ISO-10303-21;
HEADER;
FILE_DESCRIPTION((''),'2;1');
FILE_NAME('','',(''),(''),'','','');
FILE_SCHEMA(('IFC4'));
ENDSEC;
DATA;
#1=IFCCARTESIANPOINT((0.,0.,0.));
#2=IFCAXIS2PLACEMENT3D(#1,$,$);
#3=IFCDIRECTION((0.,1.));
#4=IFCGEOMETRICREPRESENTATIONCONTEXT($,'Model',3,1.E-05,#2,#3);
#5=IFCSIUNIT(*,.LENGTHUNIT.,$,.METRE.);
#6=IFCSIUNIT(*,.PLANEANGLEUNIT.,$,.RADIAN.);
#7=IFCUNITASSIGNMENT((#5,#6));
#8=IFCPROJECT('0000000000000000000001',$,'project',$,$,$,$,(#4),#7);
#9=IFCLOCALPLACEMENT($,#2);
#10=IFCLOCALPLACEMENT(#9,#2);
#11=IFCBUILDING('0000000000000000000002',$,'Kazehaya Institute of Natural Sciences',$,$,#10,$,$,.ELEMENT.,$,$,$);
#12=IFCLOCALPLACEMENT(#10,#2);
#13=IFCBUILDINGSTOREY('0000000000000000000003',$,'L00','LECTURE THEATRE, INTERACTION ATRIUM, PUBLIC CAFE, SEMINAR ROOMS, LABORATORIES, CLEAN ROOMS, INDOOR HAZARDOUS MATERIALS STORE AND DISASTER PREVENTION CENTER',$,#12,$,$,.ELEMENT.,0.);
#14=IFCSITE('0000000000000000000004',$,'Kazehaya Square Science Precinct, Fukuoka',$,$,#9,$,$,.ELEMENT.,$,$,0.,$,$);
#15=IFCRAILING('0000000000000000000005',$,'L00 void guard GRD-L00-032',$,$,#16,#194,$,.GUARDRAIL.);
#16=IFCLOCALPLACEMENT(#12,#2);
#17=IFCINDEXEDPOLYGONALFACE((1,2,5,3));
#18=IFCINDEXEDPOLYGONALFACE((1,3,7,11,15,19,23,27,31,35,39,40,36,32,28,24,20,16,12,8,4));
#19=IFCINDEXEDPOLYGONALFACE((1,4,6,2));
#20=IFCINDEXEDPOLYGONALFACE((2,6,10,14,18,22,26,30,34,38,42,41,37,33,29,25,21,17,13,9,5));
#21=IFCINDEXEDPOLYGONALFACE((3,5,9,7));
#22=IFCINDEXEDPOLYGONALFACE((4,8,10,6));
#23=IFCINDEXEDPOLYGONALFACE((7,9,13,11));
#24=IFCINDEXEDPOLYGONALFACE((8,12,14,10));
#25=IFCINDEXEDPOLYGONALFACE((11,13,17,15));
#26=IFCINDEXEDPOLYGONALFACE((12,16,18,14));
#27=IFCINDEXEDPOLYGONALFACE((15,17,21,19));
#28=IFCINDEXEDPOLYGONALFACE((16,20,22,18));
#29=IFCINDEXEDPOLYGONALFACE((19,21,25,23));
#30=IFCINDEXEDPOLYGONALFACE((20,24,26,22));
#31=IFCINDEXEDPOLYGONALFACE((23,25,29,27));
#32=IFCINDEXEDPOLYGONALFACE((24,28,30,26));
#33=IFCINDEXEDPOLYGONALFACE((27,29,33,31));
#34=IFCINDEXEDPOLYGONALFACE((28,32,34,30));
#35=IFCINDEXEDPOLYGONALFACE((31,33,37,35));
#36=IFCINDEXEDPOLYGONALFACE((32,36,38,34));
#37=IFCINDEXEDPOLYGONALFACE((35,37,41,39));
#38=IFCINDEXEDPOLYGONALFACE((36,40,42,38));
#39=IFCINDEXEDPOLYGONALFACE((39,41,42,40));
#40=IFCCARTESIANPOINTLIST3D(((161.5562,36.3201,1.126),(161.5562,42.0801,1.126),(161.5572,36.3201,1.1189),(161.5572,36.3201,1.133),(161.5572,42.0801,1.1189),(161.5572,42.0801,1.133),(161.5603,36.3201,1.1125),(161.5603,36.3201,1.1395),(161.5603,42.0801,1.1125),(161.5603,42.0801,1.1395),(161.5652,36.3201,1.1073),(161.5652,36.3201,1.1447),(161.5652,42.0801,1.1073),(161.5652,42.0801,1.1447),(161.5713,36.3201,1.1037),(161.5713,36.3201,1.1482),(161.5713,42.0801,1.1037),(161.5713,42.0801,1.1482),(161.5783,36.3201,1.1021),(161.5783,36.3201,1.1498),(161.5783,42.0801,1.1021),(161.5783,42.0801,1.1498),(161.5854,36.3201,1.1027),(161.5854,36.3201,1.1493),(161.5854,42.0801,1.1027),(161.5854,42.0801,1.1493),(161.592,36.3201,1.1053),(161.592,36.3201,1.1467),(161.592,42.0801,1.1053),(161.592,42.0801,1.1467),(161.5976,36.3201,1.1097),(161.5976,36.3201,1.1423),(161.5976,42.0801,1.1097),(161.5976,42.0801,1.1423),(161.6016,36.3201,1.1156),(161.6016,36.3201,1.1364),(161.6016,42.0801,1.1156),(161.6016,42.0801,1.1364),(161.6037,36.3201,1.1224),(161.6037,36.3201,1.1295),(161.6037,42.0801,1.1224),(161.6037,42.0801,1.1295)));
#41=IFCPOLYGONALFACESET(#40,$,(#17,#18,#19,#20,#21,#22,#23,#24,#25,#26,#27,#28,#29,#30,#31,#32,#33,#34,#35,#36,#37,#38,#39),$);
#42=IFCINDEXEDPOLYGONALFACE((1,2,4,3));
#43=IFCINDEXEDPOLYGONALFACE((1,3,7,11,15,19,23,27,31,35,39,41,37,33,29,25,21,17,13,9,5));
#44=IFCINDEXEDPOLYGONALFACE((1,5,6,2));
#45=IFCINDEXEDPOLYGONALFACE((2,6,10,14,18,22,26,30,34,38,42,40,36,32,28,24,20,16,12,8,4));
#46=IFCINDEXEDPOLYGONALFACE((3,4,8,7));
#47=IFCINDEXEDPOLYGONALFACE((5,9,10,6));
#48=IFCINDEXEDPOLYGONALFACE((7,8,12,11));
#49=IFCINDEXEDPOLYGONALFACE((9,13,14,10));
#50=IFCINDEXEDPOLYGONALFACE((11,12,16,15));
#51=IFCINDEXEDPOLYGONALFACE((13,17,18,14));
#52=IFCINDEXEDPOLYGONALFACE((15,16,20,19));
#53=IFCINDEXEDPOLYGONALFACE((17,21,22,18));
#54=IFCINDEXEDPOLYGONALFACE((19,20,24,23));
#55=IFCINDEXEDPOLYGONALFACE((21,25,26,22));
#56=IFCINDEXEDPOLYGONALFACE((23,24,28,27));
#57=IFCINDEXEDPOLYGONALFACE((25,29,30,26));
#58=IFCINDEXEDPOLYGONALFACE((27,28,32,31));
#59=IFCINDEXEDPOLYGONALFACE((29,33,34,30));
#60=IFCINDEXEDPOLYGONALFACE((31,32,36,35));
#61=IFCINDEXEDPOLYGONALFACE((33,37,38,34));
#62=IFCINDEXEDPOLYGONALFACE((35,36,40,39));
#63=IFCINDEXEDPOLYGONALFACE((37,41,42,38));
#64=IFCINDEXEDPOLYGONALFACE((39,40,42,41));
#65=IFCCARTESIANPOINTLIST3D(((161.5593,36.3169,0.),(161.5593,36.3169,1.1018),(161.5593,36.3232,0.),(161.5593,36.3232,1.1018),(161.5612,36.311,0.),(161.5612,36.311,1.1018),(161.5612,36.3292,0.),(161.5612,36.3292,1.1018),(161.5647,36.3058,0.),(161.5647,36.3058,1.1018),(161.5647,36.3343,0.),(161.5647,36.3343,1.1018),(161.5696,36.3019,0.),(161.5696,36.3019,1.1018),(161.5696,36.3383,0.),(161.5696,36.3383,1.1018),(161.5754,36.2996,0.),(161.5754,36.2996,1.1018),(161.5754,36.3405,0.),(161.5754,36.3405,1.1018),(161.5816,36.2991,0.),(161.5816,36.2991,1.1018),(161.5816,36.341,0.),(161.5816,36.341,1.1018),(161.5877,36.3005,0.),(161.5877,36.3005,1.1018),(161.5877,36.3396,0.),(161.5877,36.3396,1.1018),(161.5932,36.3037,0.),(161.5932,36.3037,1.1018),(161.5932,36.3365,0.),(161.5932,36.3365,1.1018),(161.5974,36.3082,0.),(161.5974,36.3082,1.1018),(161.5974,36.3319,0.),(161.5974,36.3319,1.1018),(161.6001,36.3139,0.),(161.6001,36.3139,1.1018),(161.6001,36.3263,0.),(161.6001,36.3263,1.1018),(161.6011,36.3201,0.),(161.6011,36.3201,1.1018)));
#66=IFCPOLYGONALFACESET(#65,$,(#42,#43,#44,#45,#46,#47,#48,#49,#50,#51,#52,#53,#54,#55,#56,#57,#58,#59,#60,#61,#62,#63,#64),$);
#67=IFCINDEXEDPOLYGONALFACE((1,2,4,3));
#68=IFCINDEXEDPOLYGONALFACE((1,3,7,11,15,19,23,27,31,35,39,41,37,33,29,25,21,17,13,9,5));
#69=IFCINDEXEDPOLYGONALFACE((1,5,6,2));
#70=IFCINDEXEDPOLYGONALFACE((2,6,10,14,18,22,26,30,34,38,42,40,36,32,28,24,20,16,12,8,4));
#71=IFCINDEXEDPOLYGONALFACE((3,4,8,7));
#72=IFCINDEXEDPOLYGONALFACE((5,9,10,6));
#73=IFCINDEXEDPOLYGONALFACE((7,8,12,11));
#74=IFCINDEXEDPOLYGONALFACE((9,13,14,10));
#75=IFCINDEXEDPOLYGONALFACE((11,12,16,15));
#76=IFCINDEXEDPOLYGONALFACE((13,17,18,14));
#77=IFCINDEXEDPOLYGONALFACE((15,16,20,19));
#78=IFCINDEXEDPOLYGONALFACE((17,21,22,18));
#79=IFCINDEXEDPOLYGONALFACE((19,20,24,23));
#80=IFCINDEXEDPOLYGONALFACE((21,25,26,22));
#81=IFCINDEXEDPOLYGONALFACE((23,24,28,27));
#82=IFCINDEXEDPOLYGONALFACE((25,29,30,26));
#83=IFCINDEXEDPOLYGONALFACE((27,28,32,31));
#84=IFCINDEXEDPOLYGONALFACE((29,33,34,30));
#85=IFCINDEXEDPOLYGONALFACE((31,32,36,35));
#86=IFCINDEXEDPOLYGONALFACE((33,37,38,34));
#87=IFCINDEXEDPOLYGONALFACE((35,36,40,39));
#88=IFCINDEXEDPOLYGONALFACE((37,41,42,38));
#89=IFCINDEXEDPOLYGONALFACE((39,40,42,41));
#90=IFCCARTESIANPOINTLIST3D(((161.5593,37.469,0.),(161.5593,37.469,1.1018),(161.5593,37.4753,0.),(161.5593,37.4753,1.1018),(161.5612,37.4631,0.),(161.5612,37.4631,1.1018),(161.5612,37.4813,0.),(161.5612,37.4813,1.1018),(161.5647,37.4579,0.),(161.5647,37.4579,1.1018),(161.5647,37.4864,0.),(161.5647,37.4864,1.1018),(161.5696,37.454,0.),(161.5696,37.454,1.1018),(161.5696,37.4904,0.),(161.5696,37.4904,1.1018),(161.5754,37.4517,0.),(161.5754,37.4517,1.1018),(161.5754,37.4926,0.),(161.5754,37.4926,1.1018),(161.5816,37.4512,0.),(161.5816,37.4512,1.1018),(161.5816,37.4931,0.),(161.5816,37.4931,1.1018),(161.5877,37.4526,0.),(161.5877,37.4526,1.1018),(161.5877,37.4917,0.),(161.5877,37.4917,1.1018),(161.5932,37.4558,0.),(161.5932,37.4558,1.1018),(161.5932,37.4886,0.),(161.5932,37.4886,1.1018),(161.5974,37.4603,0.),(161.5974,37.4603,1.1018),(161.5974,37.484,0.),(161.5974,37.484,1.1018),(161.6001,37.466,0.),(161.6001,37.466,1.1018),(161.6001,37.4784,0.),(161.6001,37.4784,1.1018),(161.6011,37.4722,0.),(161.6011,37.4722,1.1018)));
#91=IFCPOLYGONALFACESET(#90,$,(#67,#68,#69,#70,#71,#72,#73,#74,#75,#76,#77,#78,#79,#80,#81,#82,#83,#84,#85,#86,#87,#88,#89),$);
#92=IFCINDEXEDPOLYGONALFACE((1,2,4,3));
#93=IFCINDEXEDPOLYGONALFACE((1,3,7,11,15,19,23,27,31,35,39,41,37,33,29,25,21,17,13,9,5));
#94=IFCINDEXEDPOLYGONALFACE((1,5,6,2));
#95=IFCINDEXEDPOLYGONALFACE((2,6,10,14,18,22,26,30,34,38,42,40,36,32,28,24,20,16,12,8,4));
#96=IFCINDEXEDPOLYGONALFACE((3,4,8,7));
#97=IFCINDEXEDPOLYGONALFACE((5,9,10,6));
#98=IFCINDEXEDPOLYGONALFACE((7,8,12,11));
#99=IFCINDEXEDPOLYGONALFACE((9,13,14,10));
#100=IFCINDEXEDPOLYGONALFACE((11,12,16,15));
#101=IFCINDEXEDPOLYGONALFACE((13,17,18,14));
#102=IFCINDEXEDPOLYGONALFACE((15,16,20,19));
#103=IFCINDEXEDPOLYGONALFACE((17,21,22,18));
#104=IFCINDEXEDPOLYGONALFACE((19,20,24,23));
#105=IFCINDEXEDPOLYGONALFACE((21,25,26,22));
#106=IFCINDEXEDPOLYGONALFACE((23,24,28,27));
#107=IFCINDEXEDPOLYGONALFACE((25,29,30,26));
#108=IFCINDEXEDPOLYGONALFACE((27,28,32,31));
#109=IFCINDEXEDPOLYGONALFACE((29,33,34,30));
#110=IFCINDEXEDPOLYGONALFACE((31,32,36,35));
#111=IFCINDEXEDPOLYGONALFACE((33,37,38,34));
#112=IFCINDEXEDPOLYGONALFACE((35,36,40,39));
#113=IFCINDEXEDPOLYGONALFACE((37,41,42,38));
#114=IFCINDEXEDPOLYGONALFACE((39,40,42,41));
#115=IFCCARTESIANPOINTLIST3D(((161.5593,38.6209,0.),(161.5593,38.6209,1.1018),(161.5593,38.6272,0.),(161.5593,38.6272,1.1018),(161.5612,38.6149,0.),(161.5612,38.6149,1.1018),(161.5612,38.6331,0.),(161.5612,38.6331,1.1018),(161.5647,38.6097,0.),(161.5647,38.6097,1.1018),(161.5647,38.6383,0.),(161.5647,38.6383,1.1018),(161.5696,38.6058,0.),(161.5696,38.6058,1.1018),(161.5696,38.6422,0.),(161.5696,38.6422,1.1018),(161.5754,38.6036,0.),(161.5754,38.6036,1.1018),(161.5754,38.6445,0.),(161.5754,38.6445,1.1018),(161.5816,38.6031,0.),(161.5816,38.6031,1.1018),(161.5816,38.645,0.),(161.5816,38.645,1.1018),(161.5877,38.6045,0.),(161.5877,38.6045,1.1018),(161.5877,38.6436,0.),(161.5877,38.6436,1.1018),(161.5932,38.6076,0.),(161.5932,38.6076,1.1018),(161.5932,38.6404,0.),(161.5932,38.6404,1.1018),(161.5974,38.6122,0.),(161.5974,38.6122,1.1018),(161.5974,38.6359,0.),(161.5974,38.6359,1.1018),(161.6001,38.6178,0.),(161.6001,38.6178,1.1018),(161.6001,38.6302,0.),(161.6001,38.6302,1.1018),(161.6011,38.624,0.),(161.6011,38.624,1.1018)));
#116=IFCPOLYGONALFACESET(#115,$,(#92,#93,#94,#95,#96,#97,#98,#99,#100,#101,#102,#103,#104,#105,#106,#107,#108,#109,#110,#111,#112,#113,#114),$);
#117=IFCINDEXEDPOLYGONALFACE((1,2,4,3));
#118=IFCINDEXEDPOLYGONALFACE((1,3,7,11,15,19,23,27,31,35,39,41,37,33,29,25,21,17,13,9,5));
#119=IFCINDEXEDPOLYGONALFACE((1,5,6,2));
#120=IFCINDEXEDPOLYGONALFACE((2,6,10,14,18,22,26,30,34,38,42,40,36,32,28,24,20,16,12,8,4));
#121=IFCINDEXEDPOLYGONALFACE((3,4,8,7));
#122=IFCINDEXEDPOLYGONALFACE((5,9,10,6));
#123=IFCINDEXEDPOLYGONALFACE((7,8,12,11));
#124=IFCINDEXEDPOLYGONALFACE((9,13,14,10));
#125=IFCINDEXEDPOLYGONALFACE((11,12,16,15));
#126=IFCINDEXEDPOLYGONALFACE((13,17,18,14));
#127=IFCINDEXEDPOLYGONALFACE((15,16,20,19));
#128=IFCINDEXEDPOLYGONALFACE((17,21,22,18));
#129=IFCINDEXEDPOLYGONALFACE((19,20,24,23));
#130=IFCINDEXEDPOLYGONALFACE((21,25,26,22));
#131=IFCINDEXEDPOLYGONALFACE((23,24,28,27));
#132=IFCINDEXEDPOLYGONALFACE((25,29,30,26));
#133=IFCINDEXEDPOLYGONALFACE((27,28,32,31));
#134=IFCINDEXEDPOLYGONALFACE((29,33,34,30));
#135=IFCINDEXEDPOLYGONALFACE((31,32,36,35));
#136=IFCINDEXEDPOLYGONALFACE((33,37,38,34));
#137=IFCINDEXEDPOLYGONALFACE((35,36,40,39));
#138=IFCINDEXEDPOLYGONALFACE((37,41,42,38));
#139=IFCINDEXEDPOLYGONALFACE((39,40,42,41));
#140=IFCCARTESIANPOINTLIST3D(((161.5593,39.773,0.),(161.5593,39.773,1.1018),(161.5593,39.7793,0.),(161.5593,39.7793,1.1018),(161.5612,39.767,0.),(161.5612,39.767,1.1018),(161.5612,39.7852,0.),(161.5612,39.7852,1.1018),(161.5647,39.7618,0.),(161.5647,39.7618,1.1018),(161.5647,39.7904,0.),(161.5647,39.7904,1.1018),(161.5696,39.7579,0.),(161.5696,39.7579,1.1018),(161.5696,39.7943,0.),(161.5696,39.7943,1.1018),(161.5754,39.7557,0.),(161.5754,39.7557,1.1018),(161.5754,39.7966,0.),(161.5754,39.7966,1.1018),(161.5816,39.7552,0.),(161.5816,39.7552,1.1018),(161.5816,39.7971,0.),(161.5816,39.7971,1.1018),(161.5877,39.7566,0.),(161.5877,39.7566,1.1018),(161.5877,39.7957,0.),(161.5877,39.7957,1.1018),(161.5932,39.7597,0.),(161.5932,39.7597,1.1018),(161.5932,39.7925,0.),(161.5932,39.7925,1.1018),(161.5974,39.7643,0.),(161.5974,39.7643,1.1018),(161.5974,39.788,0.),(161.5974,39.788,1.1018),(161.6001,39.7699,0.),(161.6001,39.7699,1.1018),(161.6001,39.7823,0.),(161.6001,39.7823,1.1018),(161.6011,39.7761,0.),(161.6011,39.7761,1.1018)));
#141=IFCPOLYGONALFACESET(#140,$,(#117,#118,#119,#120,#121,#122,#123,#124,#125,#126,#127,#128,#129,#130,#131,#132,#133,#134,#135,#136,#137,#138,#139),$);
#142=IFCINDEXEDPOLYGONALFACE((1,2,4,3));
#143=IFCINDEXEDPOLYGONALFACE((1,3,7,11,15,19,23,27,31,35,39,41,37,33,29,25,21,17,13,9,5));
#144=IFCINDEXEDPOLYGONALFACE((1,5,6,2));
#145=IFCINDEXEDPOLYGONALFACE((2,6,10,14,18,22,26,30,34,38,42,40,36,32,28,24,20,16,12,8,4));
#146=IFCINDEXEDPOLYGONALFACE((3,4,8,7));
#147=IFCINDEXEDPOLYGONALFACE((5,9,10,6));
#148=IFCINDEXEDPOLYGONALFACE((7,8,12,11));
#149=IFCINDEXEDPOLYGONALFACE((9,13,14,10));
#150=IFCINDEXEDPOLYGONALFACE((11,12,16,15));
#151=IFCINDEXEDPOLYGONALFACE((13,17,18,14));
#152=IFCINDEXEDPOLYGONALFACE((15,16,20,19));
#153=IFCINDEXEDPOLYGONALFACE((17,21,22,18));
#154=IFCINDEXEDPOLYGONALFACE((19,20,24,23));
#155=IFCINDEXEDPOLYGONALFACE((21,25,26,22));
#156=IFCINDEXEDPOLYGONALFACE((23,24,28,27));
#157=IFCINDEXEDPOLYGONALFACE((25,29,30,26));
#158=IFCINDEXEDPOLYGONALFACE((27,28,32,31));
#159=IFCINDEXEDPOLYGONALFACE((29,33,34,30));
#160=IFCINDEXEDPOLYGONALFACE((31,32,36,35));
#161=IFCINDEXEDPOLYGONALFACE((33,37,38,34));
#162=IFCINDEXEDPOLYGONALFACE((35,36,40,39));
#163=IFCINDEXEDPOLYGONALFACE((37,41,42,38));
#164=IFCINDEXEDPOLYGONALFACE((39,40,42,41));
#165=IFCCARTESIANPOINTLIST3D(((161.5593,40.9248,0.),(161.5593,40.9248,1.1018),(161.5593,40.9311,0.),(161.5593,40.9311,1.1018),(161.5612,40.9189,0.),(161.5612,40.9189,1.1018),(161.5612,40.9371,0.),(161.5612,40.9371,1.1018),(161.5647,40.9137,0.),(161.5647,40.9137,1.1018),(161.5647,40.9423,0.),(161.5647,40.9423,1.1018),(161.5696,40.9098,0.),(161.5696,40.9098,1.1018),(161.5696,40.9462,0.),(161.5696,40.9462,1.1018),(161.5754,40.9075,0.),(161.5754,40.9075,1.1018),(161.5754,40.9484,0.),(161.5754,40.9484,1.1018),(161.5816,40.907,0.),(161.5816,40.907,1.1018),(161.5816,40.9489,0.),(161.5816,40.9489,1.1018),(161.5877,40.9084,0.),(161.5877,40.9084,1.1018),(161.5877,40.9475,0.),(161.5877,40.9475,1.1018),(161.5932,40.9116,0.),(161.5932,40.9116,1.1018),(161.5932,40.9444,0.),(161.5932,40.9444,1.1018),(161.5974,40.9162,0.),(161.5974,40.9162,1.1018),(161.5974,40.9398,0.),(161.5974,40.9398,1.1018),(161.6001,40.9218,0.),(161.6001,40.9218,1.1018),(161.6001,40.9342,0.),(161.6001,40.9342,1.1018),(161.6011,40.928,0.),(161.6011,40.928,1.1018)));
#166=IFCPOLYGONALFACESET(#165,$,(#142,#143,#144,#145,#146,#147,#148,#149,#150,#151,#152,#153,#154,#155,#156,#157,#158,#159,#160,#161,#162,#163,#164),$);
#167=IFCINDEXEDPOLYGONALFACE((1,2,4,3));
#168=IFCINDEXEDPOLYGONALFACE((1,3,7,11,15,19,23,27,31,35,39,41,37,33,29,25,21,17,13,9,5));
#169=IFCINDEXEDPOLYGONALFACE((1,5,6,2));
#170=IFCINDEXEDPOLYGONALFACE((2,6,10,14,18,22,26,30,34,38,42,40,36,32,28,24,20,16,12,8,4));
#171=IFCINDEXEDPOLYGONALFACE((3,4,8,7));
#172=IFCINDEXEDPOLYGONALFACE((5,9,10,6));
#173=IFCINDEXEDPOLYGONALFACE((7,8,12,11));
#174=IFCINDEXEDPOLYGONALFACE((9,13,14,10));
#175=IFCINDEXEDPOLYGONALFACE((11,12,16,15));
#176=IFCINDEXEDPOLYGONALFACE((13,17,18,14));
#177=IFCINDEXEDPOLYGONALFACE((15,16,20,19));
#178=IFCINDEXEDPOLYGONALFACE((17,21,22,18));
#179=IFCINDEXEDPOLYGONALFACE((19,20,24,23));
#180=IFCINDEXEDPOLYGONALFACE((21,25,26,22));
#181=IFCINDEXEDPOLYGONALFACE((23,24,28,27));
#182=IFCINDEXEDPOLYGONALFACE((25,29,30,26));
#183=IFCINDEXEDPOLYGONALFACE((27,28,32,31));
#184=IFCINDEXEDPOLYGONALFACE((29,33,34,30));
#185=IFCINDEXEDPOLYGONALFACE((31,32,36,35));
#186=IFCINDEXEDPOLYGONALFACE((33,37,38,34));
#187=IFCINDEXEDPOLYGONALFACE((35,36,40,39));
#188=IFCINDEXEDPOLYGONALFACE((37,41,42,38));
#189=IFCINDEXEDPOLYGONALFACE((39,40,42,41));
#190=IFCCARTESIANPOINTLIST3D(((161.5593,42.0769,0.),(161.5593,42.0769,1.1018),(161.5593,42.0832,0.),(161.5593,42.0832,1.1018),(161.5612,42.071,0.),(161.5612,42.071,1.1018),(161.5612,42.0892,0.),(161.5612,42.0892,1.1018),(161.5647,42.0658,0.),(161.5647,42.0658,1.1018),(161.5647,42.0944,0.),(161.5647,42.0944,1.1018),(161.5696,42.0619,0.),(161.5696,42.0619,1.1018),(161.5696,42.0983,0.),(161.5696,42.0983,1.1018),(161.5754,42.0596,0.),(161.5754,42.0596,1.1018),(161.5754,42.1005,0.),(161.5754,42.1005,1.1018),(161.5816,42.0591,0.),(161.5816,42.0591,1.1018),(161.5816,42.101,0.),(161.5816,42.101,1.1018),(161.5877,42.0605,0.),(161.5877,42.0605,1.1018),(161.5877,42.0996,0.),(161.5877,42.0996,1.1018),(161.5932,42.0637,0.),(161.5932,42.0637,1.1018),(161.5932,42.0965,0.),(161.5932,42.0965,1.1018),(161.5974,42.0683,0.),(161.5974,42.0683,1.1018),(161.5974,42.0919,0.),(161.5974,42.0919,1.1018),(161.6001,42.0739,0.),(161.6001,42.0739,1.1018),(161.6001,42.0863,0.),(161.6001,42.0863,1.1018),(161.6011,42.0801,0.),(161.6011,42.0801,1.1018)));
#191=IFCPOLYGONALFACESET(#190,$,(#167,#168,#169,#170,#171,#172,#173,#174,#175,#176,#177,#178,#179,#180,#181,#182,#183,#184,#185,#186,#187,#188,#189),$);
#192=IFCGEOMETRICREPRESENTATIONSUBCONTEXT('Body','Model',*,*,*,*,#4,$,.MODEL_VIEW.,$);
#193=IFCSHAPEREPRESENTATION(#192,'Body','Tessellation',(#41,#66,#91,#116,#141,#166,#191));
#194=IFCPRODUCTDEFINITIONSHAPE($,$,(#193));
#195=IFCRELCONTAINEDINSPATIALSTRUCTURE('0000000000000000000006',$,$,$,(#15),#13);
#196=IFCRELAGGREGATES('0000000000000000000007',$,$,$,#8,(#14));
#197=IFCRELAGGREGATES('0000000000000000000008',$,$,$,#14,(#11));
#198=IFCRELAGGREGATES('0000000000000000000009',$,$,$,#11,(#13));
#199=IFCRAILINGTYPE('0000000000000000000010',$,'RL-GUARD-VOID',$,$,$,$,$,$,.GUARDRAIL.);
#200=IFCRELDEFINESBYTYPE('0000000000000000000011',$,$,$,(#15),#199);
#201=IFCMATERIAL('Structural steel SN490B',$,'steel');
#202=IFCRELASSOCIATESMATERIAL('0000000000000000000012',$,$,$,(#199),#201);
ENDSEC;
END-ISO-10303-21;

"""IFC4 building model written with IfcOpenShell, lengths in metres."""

from ifc_helpers import new_model, si_unit, direction, frame, origin, origin_2d, place, context, subcontext, project, spatial, circle, extrude, material, type_object, element, save


model = new_model("IFC4")

# Units and contexts
model_context = context("Model", 3, precision=1e-05, world=origin(), true_north=direction((0.0, 1.0)))
body_context = subcontext(model_context, "Body", "Model", "MODEL_VIEW")
ifc_project = project(units=[si_unit("LENGTHUNIT", "METRE"), si_unit("PLANEANGLEUNIT", "RADIAN")], contexts=[model_context])

# Site, building, storey
site_placement = place(None, origin())
site = spatial("IfcSite", under=ifc_project, at=site_placement, Name="Kazehaya Square Science Precinct, Fukuoka", CompositionType="ELEMENT", RefElevation=0.0)
building_placement = place(site_placement, origin())
building = spatial("IfcBuilding", under=site, at=building_placement, Name="Kazehaya Institute of Natural Sciences", CompositionType="ELEMENT")
storey_placement = place(building_placement, origin())
storey = spatial("IfcBuildingStorey", under=building, at=storey_placement, Name="L00", Description="LECTURE THEATRE, INTERACTION ATRIUM, PUBLIC CAFE, SEMINAR ROOMS, LABORATORIES, CLEAN ROOMS, INDOOR HAZARDOUS MATERIALS STORE AND DISASTER PREVENTION CENTER", CompositionType="ELEMENT", Elevation=0.0)

# Shared definitions
ifc_material_1 = material(Name="Structural steel SN490B", Category="steel")

# Railing
railing_type = type_object("IfcRailingType", Name="RL-GUARD-VOID", PredefinedType="GUARDRAIL", material=ifc_material_1)
railing_placement = place(storey_placement, frame((161.5801, 36.3201, 0.0)))
element("IfcRailing", 1, at=railing_placement, inside=storey, type_object=railing_type, Name="L00 void guard GRD-L00-032", PredefinedType="GUARDRAIL", context=body_context, shape_type="SweptSolid", body=[
    extrude(circle(Radius=0.0239, at=origin_2d()), frame((0.0, 0.0, 1.126), z_axis=(0.0, 1.0, 0.0), x_axis=(-1.0, 0.0, 0.0)), (0.0, 0.0, 1.0), 5.76),
    extrude(circle(Radius=0.021, at=origin_2d()), origin(), (0.0, 0.0, 1.0), 1.1018),
    extrude(circle(Radius=0.021, at=origin_2d()), frame((0.0, 1.1521, 0.0)), (0.0, 0.0, 1.0), 1.1018),
    extrude(circle(Radius=0.021, at=origin_2d()), frame((0.0, 2.304, 0.0)), (0.0, 0.0, 1.0), 1.1018),
    extrude(circle(Radius=0.021, at=origin_2d()), frame((0.0, 3.4561, 0.0)), (0.0, 0.0, 1.0), 1.1018),
    extrude(circle(Radius=0.021, at=origin_2d()), frame((0.0, 4.6079, 0.0)), (0.0, 0.0, 1.0), 1.1018),
    extrude(circle(Radius=0.021, at=origin_2d()), frame((0.0, 5.76, 0.0)), (0.0, 0.0, 1.0), 1.1018),
])

save(model, "model.ifc")
